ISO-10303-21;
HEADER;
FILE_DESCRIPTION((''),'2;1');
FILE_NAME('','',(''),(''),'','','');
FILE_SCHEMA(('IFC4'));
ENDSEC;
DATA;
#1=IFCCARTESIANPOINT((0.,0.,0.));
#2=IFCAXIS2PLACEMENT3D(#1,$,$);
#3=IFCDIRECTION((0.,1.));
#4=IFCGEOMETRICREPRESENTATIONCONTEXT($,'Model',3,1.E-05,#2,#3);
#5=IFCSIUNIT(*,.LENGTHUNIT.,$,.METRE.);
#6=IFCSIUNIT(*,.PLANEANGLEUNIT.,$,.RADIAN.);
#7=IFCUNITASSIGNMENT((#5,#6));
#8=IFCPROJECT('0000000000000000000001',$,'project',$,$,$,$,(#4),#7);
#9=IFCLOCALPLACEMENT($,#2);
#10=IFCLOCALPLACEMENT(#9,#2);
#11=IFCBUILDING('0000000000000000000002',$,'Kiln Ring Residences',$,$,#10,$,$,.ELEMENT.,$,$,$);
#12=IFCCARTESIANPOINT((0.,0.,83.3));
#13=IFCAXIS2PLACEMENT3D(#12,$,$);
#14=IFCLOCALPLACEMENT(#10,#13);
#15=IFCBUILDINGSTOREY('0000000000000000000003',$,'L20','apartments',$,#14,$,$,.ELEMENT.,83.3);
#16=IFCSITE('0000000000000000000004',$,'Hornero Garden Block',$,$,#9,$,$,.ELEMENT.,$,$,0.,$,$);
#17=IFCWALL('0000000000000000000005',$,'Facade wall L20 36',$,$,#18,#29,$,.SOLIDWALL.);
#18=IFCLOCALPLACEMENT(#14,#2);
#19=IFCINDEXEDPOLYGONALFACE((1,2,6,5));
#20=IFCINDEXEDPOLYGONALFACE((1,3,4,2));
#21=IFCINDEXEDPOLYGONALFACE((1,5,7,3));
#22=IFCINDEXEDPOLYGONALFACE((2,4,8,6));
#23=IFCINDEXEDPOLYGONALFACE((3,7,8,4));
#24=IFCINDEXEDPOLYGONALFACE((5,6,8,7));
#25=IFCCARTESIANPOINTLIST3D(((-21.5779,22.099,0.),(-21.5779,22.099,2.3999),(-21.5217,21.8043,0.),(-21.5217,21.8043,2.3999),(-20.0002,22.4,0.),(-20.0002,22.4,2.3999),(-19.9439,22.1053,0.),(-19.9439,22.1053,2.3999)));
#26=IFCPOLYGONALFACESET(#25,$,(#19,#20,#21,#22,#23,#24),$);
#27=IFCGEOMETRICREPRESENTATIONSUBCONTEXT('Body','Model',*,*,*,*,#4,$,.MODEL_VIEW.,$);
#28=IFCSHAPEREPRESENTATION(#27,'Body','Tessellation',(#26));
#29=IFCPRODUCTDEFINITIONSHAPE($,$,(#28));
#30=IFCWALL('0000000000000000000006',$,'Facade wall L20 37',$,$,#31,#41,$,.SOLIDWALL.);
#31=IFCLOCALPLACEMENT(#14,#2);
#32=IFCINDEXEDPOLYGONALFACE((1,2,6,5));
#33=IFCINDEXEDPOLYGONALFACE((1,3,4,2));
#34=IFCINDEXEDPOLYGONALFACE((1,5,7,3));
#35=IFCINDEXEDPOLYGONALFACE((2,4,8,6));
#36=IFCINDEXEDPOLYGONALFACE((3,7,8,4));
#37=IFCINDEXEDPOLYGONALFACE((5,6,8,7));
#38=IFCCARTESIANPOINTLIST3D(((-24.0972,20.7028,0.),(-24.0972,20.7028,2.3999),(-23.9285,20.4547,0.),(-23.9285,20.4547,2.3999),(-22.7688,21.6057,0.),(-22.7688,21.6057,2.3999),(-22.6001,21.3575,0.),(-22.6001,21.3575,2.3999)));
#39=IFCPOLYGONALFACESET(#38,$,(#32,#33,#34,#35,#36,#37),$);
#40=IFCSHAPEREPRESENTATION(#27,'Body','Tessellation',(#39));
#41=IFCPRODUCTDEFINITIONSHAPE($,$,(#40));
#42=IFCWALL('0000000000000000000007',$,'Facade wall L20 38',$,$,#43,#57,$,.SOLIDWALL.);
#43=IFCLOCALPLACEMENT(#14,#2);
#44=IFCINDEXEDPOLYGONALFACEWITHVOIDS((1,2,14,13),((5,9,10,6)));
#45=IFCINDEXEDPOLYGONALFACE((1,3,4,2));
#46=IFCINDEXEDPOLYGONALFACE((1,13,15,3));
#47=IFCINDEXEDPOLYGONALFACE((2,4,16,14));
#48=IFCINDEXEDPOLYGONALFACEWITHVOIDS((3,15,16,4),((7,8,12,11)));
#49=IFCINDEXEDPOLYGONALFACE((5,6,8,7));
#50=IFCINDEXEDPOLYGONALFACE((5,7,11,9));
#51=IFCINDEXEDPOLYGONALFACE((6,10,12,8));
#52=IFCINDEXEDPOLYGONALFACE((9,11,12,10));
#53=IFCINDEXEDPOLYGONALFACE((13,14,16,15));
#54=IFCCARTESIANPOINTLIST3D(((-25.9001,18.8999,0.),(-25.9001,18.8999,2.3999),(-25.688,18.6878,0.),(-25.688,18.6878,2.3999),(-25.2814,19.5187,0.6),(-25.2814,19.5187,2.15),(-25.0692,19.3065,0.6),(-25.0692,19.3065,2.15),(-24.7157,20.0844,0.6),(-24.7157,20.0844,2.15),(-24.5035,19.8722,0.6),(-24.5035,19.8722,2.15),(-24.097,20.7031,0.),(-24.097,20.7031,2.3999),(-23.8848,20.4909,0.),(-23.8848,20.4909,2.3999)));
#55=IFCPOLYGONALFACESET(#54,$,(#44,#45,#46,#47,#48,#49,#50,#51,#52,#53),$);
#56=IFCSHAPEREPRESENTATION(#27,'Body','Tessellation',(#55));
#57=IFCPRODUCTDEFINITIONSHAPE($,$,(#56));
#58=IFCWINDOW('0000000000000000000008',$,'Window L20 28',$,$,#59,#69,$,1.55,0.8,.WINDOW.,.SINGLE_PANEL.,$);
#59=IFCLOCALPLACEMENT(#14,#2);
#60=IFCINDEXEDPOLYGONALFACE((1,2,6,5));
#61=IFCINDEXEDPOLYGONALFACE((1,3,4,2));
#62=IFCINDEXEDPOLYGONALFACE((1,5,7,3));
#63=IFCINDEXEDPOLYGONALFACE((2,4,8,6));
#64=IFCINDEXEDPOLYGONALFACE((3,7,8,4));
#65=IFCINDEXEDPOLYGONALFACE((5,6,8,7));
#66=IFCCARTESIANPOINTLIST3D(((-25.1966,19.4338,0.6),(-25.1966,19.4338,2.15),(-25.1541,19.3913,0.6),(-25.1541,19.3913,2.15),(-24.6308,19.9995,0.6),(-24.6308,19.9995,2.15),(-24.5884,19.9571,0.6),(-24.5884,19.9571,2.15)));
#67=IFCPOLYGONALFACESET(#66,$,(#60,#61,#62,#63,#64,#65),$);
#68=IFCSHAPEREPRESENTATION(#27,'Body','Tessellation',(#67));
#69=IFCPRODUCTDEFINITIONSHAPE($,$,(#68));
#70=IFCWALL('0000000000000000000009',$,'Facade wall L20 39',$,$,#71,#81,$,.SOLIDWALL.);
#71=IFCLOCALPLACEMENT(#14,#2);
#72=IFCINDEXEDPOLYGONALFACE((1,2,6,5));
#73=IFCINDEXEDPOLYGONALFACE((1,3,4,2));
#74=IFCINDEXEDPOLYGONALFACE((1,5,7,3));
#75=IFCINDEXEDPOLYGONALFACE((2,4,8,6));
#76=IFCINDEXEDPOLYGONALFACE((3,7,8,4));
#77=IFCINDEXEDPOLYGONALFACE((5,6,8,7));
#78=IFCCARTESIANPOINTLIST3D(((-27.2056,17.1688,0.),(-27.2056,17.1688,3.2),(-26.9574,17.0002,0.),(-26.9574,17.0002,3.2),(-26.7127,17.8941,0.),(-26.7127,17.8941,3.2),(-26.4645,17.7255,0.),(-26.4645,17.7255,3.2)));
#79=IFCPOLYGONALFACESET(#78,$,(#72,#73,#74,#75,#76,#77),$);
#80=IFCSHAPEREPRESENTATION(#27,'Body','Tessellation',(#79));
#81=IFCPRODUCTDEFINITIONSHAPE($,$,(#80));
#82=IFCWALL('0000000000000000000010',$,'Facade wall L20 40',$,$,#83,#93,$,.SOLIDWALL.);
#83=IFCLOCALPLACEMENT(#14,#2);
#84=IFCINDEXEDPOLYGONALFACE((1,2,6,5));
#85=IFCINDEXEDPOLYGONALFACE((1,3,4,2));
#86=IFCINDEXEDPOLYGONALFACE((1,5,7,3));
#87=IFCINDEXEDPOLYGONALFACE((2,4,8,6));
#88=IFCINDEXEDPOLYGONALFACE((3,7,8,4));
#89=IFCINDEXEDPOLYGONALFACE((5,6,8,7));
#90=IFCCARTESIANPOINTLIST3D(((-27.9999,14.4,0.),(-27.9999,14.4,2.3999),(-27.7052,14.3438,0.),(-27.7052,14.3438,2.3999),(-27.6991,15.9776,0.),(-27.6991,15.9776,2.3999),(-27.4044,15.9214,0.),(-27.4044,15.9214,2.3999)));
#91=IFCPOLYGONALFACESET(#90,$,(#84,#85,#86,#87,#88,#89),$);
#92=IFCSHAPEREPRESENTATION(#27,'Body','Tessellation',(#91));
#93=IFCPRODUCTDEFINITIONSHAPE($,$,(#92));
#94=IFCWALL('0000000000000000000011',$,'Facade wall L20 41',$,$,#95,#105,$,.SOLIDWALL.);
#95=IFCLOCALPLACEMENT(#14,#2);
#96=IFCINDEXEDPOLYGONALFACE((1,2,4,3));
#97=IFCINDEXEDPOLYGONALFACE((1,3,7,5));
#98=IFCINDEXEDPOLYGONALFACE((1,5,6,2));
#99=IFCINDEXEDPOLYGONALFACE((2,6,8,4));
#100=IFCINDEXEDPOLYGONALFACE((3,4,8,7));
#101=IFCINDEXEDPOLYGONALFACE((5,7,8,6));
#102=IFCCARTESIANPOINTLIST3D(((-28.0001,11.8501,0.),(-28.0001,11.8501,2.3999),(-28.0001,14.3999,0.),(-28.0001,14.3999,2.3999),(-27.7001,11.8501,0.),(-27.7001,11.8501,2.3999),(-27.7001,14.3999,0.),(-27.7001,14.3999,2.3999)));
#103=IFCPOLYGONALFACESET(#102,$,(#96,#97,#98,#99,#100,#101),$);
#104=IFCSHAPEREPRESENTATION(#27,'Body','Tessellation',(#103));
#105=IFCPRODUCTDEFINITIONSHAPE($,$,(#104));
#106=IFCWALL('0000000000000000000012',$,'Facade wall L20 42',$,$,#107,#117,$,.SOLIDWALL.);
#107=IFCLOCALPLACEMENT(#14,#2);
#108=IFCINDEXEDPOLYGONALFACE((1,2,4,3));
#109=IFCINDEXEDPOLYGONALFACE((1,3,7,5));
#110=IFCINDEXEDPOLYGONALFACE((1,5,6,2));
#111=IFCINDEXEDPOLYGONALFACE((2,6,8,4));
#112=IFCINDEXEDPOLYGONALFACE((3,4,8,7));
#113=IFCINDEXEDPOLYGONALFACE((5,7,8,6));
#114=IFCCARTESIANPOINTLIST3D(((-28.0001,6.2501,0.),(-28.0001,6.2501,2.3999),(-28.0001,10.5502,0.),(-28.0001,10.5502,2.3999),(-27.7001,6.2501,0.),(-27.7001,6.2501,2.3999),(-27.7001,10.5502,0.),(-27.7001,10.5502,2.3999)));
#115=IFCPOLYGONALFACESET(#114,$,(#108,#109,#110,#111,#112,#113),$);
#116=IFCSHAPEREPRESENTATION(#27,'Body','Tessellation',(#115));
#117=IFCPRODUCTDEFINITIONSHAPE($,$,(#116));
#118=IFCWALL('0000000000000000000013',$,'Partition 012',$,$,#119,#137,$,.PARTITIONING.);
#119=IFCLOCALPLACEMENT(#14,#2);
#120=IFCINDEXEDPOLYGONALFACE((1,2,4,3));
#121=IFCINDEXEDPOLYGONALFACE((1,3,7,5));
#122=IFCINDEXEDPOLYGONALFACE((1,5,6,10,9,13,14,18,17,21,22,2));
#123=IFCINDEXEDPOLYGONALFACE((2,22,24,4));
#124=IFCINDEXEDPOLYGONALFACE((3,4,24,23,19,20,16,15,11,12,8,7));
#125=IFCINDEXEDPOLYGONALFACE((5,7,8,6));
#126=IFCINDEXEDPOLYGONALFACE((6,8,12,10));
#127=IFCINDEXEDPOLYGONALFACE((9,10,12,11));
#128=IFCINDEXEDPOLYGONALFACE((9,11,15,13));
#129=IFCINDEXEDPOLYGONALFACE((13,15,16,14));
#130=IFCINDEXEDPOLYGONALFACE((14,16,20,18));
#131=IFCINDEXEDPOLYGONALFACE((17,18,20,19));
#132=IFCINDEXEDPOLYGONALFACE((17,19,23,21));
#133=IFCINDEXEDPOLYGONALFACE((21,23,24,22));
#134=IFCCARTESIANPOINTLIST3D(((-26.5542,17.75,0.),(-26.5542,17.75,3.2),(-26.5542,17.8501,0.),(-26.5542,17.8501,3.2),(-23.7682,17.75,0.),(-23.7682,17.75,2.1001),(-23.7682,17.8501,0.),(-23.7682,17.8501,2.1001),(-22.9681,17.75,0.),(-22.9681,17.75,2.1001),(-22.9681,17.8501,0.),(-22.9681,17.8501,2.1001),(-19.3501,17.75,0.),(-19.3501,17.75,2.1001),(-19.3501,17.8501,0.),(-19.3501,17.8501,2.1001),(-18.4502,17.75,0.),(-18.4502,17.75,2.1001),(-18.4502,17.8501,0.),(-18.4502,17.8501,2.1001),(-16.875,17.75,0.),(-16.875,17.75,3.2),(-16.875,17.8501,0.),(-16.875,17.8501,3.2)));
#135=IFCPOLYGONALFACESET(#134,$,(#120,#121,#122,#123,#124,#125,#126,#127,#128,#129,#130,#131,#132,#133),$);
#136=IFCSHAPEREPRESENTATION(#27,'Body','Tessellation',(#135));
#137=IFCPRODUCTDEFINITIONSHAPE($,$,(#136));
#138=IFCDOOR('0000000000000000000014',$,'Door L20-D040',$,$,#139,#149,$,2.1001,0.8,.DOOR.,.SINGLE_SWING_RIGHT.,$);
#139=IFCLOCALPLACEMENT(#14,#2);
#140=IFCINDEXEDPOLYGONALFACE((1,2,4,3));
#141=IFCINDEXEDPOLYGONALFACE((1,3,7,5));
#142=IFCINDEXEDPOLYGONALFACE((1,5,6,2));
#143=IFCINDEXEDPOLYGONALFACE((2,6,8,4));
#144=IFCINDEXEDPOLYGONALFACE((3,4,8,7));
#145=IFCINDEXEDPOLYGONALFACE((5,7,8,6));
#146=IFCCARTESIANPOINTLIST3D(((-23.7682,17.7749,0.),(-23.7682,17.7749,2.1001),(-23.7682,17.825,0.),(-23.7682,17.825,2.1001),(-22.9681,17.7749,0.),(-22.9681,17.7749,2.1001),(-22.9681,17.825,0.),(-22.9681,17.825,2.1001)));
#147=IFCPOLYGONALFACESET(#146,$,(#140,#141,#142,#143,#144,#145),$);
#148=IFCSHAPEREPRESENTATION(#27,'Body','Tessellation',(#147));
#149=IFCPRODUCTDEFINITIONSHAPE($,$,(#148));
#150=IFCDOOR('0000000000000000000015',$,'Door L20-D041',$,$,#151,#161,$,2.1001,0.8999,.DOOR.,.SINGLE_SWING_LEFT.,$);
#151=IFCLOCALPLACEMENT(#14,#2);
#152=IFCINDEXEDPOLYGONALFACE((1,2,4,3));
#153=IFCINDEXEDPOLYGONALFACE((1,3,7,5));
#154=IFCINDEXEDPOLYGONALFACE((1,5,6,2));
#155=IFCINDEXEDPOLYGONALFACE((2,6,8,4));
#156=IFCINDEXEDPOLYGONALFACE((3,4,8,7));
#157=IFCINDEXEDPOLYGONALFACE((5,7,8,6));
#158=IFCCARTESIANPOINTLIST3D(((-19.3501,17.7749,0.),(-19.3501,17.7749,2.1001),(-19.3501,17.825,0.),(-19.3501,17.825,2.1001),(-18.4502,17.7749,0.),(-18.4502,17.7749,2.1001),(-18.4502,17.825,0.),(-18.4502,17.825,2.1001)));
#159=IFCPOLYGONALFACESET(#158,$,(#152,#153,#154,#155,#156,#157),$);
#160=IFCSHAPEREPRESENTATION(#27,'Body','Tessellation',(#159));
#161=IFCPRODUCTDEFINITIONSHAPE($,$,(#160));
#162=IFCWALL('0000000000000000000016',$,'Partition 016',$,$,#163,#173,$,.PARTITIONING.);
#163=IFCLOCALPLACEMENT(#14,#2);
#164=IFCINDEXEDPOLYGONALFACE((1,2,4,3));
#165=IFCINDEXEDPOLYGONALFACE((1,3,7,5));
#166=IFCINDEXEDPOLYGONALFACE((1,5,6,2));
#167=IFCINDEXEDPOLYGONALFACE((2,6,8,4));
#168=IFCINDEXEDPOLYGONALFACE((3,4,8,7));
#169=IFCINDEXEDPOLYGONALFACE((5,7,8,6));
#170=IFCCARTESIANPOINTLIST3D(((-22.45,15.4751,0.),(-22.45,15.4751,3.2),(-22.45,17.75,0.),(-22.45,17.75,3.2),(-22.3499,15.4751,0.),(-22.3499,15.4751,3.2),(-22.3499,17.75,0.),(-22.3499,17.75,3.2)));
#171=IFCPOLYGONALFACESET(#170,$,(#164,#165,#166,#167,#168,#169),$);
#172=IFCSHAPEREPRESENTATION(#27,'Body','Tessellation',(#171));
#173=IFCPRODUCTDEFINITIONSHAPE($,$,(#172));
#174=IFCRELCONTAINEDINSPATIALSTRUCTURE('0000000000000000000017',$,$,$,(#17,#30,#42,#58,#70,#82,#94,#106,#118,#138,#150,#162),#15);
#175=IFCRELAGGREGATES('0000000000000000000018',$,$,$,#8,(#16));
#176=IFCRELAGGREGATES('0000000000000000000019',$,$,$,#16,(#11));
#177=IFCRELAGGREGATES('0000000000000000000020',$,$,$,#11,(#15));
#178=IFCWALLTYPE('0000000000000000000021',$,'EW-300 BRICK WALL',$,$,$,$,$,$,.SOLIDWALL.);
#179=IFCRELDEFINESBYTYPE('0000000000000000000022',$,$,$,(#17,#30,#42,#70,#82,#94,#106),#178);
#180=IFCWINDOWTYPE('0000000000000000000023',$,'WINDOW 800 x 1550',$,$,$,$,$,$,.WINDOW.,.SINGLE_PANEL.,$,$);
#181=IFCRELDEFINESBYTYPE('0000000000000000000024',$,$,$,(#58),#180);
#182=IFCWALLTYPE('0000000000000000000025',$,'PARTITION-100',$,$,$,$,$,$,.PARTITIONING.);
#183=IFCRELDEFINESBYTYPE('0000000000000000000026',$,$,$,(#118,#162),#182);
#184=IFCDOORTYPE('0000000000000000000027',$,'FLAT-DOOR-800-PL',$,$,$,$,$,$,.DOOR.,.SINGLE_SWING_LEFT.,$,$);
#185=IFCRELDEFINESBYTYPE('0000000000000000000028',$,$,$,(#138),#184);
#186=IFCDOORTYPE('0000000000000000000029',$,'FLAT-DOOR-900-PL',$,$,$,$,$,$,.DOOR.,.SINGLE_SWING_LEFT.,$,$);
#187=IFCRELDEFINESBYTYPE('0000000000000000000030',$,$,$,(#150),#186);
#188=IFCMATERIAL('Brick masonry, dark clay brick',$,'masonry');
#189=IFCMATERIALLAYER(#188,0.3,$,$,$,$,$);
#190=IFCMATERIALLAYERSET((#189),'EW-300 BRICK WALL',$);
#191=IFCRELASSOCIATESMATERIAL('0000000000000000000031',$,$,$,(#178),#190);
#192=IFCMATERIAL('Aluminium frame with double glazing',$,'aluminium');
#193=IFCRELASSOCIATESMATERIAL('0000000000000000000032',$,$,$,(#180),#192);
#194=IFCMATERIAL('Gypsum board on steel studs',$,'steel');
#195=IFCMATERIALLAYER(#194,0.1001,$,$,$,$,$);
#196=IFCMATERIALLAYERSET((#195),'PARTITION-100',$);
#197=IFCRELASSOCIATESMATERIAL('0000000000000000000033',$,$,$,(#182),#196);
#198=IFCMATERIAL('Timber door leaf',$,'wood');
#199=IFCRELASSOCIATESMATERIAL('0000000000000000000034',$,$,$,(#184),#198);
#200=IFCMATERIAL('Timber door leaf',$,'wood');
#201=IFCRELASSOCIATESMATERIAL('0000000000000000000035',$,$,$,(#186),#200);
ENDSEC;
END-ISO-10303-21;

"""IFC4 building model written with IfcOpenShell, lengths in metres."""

from ifc_helpers import new_model, si_unit, direction, frame, frame_2d, origin, place, context, subcontext, project, spatial, rectangle, extrude, material, layer, layer_set, type_object, element, fill, save


model = new_model("IFC4")

# Units and contexts
model_context = context("Model", 3, precision=1e-05, world=origin(), true_north=direction((0.0, 1.0)))
body_context = subcontext(model_context, "Body", "Model", "MODEL_VIEW")
ifc_project = project(units=[si_unit("LENGTHUNIT", "METRE"), si_unit("PLANEANGLEUNIT", "RADIAN")], contexts=[model_context])

# Site, building, storey
site_placement = place(None, origin())
site = spatial("IfcSite", under=ifc_project, at=site_placement, Name="Hornero Garden Block", CompositionType="ELEMENT", RefElevation=0.0)
building_placement = place(site_placement, origin())
building = spatial("IfcBuilding", under=site, at=building_placement, Name="Kiln Ring Residences", CompositionType="ELEMENT")
storey_placement = place(building_placement, frame((0.0, 0.0, 83.3)))
storey = spatial("IfcBuildingStorey", under=building, at=storey_placement, Name="L20", Description="apartments", CompositionType="ELEMENT", Elevation=83.3)

# Shared definitions
ifc_material_1 = material(Name="Brick masonry, dark clay brick", Category="masonry")
ifc_layer_1 = layer(ifc_material_1, 0.3)
ifc_layer_set_1 = layer_set([ifc_layer_1], Name="EW-300 BRICK WALL")
wall_type_1 = type_object("IfcWallType", Name="EW-300 BRICK WALL", PredefinedType="SOLIDWALL", material=ifc_layer_set_1)

# Walls
for number, where, z_axis, x_axis, name in (
    (1, (-19.9719, 22.2527, 0.0), (0.0, 0.0, 1.0), (-0.982279, -0.187426, 0.0), "Facade wall L20 36"),
    (2, (-22.6843, 21.4817, 0.0), (0.0, 0.0, 1.0), (-0.827059, -0.562115, 0.0), "Facade wall L20 37"),
):
    element("IfcWall", number, at=place(storey_placement, frame(where, z_axis=z_axis, x_axis=x_axis)), inside=storey, type_object=wall_type_1, Name=name, PredefinedType="SOLIDWALL", context=body_context, shape_type="SweptSolid", body=[
        extrude(rectangle(XDim=1.6062, YDim=0.3, at=frame_2d((0.8032, 0.0))), origin(), (0.0, 0.0, 1.0), 2.3999),
    ])

# Wall, opening, window
wall_1_placement = place(storey_placement, frame((-23.991, 20.5969, 0.0), z_axis=(0.0, 0.0, 1.0), x_axis=(-0.707107, -0.707107, 0.0)))
wall_1 = element("IfcWall", 3, at=wall_1_placement, inside=storey, type_object=wall_type_1, Name="Facade wall L20 38", PredefinedType="SOLIDWALL", context=body_context, shape_type="SweptSolid", body=[
    extrude(rectangle(XDim=2.55, YDim=0.3, at=frame_2d((1.2749, 0.0))), origin(), (0.0, 0.0, 1.0), 2.3999),
])
opening_1_placement = place(wall_1_placement, frame((0.875, 0.0, 0.6001)))
opening_1 = element("IfcOpeningElement", 4, at=opening_1_placement, cuts=wall_1, PredefinedType="OPENING", context=body_context, shape_type="SweptSolid", body=[
    extrude(rectangle(XDim=0.8, YDim=1.55, at=frame_2d((0.3999, 0.7749))), frame((0.0, 0.1599, 0.0), z_axis=(0.0, -1.0, 0.0), x_axis=(1.0, 0.0, 0.0)), (0.0, 0.0, 1.0), 0.3201),
])
ifc_material_2 = material(Name="Aluminium frame with double glazing", Category="aluminium")
window_type_1 = type_object("IfcWindowType", Name="WINDOW 800 x 1550", PartitioningType="SINGLE_PANEL", PredefinedType="WINDOW", material=ifc_material_2)
window_1_placement = place(opening_1_placement, origin())
window_1 = element("IfcWindow", 5, at=window_1_placement, inside=storey, type_object=window_type_1, Name="Window L20 28", OverallHeight=1.55, OverallWidth=0.8, PartitioningType="SINGLE_PANEL", PredefinedType="WINDOW", context=body_context, shape_type="SweptSolid", body=[
    extrude(rectangle(XDim=0.8, YDim=1.55, at=frame_2d((0.3999, 0.7749))), frame((0.0, 0.03, 0.0), z_axis=(0.0, -1.0, 0.0), x_axis=(1.0, 0.0, 0.0)), (0.0, 0.0, 1.0), 0.0601),
])
fill(opening_1, window_1)

# Walls
wall_2_placement = place(storey_placement, frame((-26.5886, 17.8098, 0.0), z_axis=(0.0, 0.0, 1.0), x_axis=(-0.562066, -0.827092, 0.0)))
element("IfcWall", 6, at=wall_2_placement, inside=storey, type_object=wall_type_1, Name="Facade wall L20 39", PredefinedType="SOLIDWALL", context=body_context, shape_type="SweptSolid", body=[
    extrude(rectangle(XDim=0.877, YDim=0.3, at=frame_2d((0.4385, 0.0))), origin(), (0.0, 0.0, 1.0), 3.2),
])
wall_3_placement = place(storey_placement, frame((-27.5518, 15.9495, 0.0), z_axis=(0.0, 0.0, 1.0), x_axis=(-0.18728, -0.982307, 0.0)))
element("IfcWall", 7, at=wall_3_placement, inside=storey, type_object=wall_type_1, Name="Facade wall L20 40", PredefinedType="SOLIDWALL", context=body_context, shape_type="SweptSolid", body=[
    extrude(rectangle(XDim=1.606, YDim=0.3, at=frame_2d((0.803, 0.0))), origin(), (0.0, 0.0, 1.0), 2.3999),
])
wall_4_placement = place(storey_placement, frame((-27.8501, 14.3999, 0.0), z_axis=(0.0, 0.0, 1.0), x_axis=(0.0, -1.0, 0.0)))
element("IfcWall", 8, at=wall_4_placement, inside=storey, type_object=wall_type_1, Name="Facade wall L20 41", PredefinedType="SOLIDWALL", context=body_context, shape_type="SweptSolid", body=[
    extrude(rectangle(XDim=2.5498, YDim=0.3, at=frame_2d((1.2749, 0.0))), origin(), (0.0, 0.0, 1.0), 2.3999),
])
wall_5_placement = place(storey_placement, frame((-27.8501, 10.55, 0.0), z_axis=(0.0, 0.0, 1.0), x_axis=(0.0, -1.0, 0.0)))
element("IfcWall", 9, at=wall_5_placement, inside=storey, type_object=wall_type_1, Name="Facade wall L20 42", PredefinedType="SOLIDWALL", context=body_context, shape_type="SweptSolid", body=[
    extrude(rectangle(XDim=4.3, YDim=0.3, at=frame_2d((2.1499, 0.0))), origin(), (0.0, 0.0, 1.0), 2.3999),
])

# Wall, openings, doors
ifc_material_3 = material(Name="Gypsum board on steel studs", Category="steel")
ifc_layer_2 = layer(ifc_material_3, 0.1001)
ifc_layer_set_2 = layer_set([ifc_layer_2], Name="PARTITION-100")
wall_type_2 = type_object("IfcWallType", Name="PARTITION-100", PredefinedType="PARTITIONING", material=ifc_layer_set_2)
wall_6_placement = place(storey_placement, frame((-26.5542, 17.8, 0.0), z_axis=(0.0, 0.0, 1.0), x_axis=(1.0, 0.0, 0.0)))
wall_6 = element("IfcWall", 10, at=wall_6_placement, inside=storey, type_object=wall_type_2, Name="Partition 012", PredefinedType="PARTITIONING", context=body_context, shape_type="SweptSolid", body=[
    extrude(rectangle(XDim=9.6792, YDim=0.1001, at=frame_2d((4.8396, 0.0))), origin(), (0.0, 0.0, 1.0), 3.2),
])
opening_2_placement = place(wall_6_placement, frame((2.7861, 0.0, 0.0)))
opening_2 = element("IfcOpeningElement", 11, at=opening_2_placement, cuts=wall_6, PredefinedType="OPENING", context=body_context, shape_type="SweptSolid", body=[
    extrude(rectangle(XDim=0.8, YDim=2.1001, at=frame_2d((0.3999, 1.05))), frame((0.0, 0.0601, 0.0), z_axis=(0.0, -1.0, 0.0), x_axis=(1.0, 0.0, 0.0)), (0.0, 0.0, 1.0), 0.1201),
])
opening_3_placement = place(wall_6_placement, frame((7.2041, 0.0, 0.0)))
opening_3 = element("IfcOpeningElement", 12, at=opening_3_placement, cuts=wall_6, PredefinedType="OPENING", context=body_context, shape_type="SweptSolid", body=[
    extrude(rectangle(XDim=0.8999, YDim=2.1001, at=frame_2d((0.45, 1.05))), frame((0.0, 0.0601, 0.0), z_axis=(0.0, -1.0, 0.0), x_axis=(1.0, 0.0, 0.0)), (0.0, 0.0, 1.0), 0.1201),
])
ifc_material_4 = material(Name="Timber door leaf", Category="wood")
door_type_1 = type_object("IfcDoorType", Name="FLAT-DOOR-800-PL", OperationType="SINGLE_SWING_LEFT", PredefinedType="DOOR", material=ifc_material_4)
door_1_placement = place(opening_2_placement, origin())
door_1 = element("IfcDoor", 13, at=door_1_placement, inside=storey, type_object=door_type_1, Name="Door L20-D040", OperationType="SINGLE_SWING_RIGHT", OverallHeight=2.1001, OverallWidth=0.8, PredefinedType="DOOR", context=body_context, shape_type="SweptSolid", body=[
    extrude(rectangle(XDim=0.8, YDim=2.1001, at=frame_2d((0.3999, 1.05))), frame((0.0, 0.0249, 0.0), z_axis=(0.0, -1.0, 0.0), x_axis=(1.0, 0.0, 0.0)), (0.0, 0.0, 1.0), 0.05),
])
fill(opening_2, door_1)
ifc_material_5 = material(Name="Timber door leaf", Category="wood")
door_type_2 = type_object("IfcDoorType", Name="FLAT-DOOR-900-PL", OperationType="SINGLE_SWING_LEFT", PredefinedType="DOOR", material=ifc_material_5)
door_2_placement = place(opening_3_placement, origin())
door_2 = element("IfcDoor", 14, at=door_2_placement, inside=storey, type_object=door_type_2, Name="Door L20-D041", OperationType="SINGLE_SWING_LEFT", OverallHeight=2.1001, OverallWidth=0.8999, PredefinedType="DOOR", context=body_context, shape_type="SweptSolid", body=[
    extrude(rectangle(XDim=0.8999, YDim=2.1001, at=frame_2d((0.45, 1.05))), frame((0.0, 0.0249, 0.0), z_axis=(0.0, -1.0, 0.0), x_axis=(1.0, 0.0, 0.0)), (0.0, 0.0, 1.0), 0.05),
])
fill(opening_3, door_2)

# Wall
wall_7_placement = place(storey_placement, frame((-22.3999, 15.4751, 0.0), z_axis=(0.0, 0.0, 1.0), x_axis=(0.0, 1.0, 0.0)))
element("IfcWall", 15, at=wall_7_placement, inside=storey, type_object=wall_type_2, Name="Partition 016", PredefinedType="PARTITIONING", context=body_context, shape_type="SweptSolid", body=[
    extrude(rectangle(XDim=2.2749, YDim=0.1001, at=frame_2d((1.1375, 0.0))), origin(), (0.0, 0.0, 1.0), 3.2),
])

save(model, "model.ifc")
